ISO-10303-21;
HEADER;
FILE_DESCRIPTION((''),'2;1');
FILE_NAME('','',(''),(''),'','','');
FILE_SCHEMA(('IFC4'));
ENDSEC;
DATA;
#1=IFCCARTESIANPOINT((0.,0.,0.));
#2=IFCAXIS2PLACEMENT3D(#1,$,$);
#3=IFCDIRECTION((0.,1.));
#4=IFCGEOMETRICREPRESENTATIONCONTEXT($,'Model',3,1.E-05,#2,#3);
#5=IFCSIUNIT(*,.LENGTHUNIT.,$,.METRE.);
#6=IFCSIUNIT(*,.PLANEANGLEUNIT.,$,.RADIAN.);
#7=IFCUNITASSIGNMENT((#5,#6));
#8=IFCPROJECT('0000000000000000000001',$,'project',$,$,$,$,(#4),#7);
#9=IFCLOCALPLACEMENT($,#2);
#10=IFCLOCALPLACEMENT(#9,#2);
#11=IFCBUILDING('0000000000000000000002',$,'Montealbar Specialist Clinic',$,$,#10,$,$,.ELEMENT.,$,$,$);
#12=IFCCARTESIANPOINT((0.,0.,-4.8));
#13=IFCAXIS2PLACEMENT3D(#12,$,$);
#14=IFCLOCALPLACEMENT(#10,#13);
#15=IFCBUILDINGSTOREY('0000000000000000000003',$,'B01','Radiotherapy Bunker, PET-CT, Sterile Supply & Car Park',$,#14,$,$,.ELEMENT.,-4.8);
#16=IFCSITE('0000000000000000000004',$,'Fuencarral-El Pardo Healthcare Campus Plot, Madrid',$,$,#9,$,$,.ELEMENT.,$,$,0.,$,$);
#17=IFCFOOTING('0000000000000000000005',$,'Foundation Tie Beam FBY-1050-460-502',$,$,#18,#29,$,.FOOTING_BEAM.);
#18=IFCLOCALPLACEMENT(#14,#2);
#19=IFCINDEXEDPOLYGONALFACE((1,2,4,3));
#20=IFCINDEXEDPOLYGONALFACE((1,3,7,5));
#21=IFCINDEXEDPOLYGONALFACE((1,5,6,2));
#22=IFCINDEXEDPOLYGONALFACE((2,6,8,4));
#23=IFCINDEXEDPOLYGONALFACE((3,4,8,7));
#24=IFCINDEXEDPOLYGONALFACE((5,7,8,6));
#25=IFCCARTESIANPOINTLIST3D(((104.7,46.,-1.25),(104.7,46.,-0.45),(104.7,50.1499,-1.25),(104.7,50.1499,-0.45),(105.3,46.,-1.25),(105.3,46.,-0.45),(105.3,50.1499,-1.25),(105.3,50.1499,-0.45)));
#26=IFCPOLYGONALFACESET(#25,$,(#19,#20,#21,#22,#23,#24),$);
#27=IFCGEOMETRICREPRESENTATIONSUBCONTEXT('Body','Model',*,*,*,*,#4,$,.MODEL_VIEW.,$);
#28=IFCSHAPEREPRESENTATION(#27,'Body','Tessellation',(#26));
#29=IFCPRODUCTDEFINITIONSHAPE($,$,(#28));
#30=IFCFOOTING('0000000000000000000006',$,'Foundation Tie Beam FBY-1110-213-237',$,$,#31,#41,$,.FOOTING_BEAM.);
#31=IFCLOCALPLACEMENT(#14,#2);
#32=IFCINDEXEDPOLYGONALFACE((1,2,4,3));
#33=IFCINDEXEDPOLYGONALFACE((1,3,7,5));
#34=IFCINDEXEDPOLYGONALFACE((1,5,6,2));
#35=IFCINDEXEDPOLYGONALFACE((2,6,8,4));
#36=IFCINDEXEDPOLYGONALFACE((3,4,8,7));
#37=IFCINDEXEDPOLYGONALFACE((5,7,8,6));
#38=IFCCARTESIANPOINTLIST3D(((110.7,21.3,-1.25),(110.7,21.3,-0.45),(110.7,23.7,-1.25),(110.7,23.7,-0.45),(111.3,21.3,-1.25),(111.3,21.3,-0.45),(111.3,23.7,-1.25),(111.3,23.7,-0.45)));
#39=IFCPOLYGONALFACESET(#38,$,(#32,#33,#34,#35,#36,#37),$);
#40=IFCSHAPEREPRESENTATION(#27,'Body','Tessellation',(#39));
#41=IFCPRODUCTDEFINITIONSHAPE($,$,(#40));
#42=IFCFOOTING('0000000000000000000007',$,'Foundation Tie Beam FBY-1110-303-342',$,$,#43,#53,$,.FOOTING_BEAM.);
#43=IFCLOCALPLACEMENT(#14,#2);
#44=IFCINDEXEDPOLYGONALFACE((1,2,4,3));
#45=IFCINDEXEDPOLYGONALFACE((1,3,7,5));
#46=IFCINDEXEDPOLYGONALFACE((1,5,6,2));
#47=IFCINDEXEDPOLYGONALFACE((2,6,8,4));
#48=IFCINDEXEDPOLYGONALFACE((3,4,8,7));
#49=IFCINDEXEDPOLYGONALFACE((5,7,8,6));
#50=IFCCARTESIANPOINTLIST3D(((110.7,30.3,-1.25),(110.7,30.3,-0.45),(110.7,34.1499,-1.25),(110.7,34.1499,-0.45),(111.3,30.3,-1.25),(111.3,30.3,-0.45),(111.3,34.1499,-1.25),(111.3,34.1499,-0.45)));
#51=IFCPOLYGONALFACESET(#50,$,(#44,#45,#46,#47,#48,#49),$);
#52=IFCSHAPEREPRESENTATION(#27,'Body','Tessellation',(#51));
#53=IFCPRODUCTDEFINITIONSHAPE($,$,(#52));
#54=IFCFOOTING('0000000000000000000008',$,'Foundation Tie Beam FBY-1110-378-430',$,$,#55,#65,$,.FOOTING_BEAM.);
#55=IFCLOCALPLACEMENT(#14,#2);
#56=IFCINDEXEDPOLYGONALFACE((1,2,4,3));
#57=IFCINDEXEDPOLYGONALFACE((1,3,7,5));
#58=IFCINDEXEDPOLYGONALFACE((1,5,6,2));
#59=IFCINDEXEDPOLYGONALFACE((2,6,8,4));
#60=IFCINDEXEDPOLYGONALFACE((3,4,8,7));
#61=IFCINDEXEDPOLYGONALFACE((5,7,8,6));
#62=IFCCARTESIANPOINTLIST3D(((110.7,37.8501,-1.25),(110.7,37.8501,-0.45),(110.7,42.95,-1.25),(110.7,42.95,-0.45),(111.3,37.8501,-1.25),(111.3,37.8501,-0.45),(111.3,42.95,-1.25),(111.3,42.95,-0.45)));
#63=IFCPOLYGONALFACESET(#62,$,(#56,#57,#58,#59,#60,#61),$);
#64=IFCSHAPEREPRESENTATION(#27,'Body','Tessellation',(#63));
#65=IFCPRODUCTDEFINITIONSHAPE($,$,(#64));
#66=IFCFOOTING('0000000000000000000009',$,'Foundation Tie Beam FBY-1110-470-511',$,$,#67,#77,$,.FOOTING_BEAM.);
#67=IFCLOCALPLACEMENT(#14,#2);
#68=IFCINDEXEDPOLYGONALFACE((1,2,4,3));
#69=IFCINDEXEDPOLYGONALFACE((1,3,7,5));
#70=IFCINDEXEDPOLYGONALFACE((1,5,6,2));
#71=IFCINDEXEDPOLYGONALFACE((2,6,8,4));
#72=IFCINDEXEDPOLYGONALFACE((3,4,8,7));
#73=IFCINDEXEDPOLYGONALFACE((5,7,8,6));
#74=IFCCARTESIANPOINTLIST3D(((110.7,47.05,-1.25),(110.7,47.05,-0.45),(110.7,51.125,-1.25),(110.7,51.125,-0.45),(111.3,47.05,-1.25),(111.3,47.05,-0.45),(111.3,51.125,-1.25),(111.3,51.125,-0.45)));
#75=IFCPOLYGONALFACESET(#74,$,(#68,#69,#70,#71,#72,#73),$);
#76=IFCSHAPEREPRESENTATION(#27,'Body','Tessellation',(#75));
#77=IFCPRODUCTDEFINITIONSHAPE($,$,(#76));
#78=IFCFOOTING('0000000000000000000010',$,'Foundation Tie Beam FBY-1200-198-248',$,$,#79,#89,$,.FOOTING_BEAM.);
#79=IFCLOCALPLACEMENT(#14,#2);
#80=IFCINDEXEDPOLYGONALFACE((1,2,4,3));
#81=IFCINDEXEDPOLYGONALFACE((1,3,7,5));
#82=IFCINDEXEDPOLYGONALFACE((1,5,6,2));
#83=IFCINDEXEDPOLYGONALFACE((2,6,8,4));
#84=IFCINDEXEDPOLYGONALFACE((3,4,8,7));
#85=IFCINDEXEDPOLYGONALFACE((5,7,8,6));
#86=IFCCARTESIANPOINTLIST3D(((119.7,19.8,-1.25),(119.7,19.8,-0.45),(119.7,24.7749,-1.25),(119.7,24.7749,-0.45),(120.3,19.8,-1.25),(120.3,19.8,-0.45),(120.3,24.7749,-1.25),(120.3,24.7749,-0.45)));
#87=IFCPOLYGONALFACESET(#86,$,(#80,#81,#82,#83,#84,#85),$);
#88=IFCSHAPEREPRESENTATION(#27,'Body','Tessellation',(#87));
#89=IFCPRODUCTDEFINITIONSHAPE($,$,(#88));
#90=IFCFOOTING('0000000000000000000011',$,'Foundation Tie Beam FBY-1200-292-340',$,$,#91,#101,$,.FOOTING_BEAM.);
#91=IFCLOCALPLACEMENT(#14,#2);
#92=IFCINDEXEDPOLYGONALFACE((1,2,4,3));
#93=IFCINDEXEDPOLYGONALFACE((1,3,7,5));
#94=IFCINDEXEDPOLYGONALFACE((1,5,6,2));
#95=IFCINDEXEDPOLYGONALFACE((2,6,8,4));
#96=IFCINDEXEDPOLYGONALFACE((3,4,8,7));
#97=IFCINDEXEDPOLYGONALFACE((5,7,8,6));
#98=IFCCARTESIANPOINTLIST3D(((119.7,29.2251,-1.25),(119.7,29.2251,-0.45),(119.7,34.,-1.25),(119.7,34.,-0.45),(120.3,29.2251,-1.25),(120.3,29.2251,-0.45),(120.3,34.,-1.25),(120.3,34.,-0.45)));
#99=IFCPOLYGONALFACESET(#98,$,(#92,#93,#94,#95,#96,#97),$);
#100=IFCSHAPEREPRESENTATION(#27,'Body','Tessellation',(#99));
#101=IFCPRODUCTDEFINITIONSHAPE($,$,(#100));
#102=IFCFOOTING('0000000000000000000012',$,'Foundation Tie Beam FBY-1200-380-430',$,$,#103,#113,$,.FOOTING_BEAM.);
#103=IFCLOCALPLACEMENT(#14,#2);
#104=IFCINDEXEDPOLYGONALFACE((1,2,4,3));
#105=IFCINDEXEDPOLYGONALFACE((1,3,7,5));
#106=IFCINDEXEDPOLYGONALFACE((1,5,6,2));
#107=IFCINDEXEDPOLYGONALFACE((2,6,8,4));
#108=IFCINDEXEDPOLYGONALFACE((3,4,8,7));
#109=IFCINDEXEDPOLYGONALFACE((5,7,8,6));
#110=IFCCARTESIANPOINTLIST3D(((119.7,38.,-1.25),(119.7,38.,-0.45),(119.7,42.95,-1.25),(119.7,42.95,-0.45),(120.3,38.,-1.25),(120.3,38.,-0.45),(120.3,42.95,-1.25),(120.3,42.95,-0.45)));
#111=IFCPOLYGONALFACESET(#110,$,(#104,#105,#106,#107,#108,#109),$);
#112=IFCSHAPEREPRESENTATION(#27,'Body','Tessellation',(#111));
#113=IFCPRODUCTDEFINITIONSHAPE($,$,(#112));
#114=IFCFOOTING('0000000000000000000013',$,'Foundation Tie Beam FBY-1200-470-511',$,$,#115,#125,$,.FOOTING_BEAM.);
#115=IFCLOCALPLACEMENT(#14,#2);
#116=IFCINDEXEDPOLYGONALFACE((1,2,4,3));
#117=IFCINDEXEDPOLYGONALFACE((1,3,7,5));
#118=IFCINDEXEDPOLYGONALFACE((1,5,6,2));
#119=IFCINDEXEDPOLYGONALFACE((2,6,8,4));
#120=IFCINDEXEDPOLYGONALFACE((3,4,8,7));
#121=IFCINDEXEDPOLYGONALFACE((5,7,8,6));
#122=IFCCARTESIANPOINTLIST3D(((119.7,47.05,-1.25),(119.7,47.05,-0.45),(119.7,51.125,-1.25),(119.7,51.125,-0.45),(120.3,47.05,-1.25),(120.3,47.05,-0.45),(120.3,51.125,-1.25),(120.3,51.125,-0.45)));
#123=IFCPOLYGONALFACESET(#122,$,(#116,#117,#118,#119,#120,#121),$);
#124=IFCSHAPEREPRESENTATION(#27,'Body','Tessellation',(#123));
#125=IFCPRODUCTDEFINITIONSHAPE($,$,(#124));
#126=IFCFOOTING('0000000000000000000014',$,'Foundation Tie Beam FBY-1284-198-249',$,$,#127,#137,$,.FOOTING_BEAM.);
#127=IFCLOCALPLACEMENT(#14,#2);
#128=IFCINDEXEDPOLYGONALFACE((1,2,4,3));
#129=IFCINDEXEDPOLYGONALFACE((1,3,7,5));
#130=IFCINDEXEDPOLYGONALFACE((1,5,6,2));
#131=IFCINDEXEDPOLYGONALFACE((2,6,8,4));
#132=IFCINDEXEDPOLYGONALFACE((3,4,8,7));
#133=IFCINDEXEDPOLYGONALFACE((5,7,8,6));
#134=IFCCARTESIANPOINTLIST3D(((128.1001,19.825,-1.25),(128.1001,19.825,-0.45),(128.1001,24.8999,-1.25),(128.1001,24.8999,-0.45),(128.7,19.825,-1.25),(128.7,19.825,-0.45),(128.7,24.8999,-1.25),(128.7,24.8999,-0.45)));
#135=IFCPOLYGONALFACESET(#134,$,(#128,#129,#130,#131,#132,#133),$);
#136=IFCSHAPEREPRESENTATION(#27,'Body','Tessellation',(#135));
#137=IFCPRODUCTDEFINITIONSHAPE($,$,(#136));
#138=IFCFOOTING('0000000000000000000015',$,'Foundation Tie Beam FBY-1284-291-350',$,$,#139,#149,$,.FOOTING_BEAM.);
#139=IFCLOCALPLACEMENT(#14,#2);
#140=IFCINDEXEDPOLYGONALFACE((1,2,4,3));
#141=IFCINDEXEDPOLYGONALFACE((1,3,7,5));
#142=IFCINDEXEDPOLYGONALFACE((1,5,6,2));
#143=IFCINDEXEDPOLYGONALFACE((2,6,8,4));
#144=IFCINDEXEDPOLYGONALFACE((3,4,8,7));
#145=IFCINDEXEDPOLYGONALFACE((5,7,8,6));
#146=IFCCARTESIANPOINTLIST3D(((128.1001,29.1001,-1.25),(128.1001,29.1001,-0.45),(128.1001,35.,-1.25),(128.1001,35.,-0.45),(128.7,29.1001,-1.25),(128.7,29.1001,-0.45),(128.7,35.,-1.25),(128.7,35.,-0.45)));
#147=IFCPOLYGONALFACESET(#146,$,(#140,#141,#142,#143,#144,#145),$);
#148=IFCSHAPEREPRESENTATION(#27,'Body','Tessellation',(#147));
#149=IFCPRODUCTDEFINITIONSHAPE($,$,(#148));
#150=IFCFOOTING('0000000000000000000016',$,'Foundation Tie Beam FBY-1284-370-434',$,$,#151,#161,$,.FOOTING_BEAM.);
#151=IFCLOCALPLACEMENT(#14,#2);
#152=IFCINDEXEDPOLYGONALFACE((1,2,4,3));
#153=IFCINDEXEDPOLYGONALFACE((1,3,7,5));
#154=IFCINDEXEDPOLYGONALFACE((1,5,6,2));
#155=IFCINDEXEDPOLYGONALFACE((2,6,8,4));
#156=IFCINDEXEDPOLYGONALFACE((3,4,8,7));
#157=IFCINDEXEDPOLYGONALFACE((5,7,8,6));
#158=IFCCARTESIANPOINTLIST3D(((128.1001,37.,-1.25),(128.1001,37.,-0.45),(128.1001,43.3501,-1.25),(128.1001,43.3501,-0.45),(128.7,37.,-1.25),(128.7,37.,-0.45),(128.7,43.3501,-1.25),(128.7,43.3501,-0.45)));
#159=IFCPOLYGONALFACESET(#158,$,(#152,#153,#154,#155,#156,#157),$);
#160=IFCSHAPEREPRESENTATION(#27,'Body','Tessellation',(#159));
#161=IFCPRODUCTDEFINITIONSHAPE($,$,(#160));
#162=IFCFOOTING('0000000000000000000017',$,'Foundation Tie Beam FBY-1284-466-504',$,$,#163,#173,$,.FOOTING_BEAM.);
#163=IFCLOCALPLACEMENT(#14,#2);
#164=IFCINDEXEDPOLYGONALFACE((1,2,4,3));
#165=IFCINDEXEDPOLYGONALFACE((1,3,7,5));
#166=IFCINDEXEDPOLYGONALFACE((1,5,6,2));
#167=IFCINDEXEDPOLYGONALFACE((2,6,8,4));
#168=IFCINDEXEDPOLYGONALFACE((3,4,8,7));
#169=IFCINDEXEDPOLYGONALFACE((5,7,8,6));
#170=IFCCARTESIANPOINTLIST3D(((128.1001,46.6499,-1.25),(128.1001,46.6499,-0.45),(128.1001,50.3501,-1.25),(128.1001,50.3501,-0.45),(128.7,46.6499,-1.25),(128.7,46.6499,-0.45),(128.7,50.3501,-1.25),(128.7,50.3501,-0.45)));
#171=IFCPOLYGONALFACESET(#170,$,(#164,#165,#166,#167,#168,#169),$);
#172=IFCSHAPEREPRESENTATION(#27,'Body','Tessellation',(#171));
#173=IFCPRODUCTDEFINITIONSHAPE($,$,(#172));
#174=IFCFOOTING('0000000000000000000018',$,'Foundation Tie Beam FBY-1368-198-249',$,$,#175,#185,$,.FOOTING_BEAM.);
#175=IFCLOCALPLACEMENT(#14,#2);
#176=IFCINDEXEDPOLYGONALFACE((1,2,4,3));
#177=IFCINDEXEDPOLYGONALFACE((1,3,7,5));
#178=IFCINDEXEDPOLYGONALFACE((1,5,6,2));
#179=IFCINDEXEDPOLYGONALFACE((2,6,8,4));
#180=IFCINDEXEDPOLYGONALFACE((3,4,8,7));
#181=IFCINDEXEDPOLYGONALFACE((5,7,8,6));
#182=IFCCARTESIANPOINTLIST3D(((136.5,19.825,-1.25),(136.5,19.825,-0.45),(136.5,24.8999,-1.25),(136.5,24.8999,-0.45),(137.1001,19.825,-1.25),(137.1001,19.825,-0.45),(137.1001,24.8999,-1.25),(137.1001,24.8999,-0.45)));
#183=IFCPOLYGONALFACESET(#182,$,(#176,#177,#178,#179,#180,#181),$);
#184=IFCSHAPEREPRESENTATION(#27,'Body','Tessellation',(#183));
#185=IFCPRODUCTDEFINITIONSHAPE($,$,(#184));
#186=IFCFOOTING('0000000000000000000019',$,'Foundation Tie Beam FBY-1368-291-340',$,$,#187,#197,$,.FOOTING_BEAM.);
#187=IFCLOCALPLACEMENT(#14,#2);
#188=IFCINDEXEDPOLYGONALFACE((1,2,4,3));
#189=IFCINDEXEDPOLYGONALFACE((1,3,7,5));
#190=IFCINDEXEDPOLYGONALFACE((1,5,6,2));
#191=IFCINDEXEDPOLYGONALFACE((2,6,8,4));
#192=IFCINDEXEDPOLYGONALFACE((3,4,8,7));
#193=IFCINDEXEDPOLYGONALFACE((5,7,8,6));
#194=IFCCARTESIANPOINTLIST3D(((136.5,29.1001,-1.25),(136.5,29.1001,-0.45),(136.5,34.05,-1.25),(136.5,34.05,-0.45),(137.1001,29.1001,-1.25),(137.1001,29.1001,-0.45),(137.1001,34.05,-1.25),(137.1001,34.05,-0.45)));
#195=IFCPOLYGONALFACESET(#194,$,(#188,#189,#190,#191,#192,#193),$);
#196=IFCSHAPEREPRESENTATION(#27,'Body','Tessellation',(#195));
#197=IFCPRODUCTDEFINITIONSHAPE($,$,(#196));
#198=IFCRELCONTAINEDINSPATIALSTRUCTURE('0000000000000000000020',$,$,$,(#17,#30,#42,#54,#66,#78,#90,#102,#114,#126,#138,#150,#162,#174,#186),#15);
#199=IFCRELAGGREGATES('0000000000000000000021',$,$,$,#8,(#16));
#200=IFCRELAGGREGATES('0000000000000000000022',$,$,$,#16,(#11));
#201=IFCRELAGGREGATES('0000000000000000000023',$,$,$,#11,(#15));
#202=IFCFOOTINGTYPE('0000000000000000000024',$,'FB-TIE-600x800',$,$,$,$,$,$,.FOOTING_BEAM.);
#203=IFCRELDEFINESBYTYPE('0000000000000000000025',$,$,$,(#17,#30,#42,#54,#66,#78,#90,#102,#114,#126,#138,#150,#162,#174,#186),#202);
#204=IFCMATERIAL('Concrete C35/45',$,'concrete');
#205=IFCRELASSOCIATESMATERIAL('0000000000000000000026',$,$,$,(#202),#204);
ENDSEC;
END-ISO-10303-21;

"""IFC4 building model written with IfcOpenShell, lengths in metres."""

from ifc_helpers import new_model, si_unit, direction, frame, origin, place, context, subcontext, project, spatial, polyline, outline, extrude, material, type_object, element, save


model = new_model("IFC4")

# Units and contexts
model_context = context("Model", 3, precision=1e-05, world=origin(), true_north=direction((0.0, 1.0)))
body_context = subcontext(model_context, "Body", "Model", "MODEL_VIEW")
ifc_project = project(units=[si_unit("LENGTHUNIT", "METRE"), si_unit("PLANEANGLEUNIT", "RADIAN")], contexts=[model_context])

# Site, building, storey
site_placement = place(None, origin())
site = spatial("IfcSite", under=ifc_project, at=site_placement, Name="Fuencarral-El Pardo Healthcare Campus Plot, Madrid", CompositionType="ELEMENT", RefElevation=0.0)
building_placement = place(site_placement, origin())
building = spatial("IfcBuilding", under=site, at=building_placement, Name="Montealbar Specialist Clinic", CompositionType="ELEMENT")
storey_placement = place(building_placement, frame((0.0, 0.0, -4.8)))
storey = spatial("IfcBuildingStorey", under=building, at=storey_placement, Name="B01", Description="Radiotherapy Bunker, PET-CT, Sterile Supply & Car Park", CompositionType="ELEMENT", Elevation=-4.8)

# Footings
ifc_material = material(Name="Concrete C35/45", Category="concrete")
footing_type = type_object("IfcFootingType", Name="FB-TIE-600x800", PredefinedType="FOOTING_BEAM", material=ifc_material)
footing_1_placement = place(storey_placement, frame((0.0, 0.0, -1.25)))
element("IfcFooting", 1, at=footing_1_placement, inside=storey, type_object=footing_type, Name="Foundation Tie Beam FBY-1050-460-502", PredefinedType="FOOTING_BEAM", context=body_context, shape_type="SweptSolid", body=[
    extrude(outline(polyline([(104.7, 46.0), (105.3, 46.0), (105.3, 50.1499), (104.7, 50.1499), (104.7, 46.0)])), origin(), (0.0, 0.0, 1.0), 0.8),
])
footing_2_placement = place(storey_placement, frame((0.0, 0.0, -1.25)))
element("IfcFooting", 2, at=footing_2_placement, inside=storey, type_object=footing_type, Name="Foundation Tie Beam FBY-1110-213-237", PredefinedType="FOOTING_BEAM", context=body_context, shape_type="SweptSolid", body=[
    extrude(outline(polyline([(110.7, 21.3), (111.3, 21.3), (111.3, 23.7), (110.7, 23.7), (110.7, 21.3)])), origin(), (0.0, 0.0, 1.0), 0.8),
])
footing_3_placement = place(storey_placement, frame((0.0, 0.0, -1.25)))
element("IfcFooting", 3, at=footing_3_placement, inside=storey, type_object=footing_type, Name="Foundation Tie Beam FBY-1110-303-342", PredefinedType="FOOTING_BEAM", context=body_context, shape_type="SweptSolid", body=[
    extrude(outline(polyline([(110.7, 30.3), (111.3, 30.3), (111.3, 34.1499), (110.7, 34.1499), (110.7, 30.3)])), origin(), (0.0, 0.0, 1.0), 0.8),
])
footing_4_placement = place(storey_placement, frame((0.0, 0.0, -1.25)))
element("IfcFooting", 4, at=footing_4_placement, inside=storey, type_object=footing_type, Name="Foundation Tie Beam FBY-1110-378-430", PredefinedType="FOOTING_BEAM", context=body_context, shape_type="SweptSolid", body=[
    extrude(outline(polyline([(110.7, 37.8501), (111.3, 37.8501), (111.3, 42.95), (110.7, 42.95), (110.7, 37.8501)])), origin(), (0.0, 0.0, 1.0), 0.8),
])
footing_5_placement = place(storey_placement, frame((0.0, 0.0, -1.25)))
element("IfcFooting", 5, at=footing_5_placement, inside=storey, type_object=footing_type, Name="Foundation Tie Beam FBY-1110-470-511", PredefinedType="FOOTING_BEAM", context=body_context, shape_type="SweptSolid", body=[
    extrude(outline(polyline([(110.7, 47.05), (111.3, 47.05), (111.3, 51.125), (110.7, 51.125), (110.7, 47.05)])), origin(), (0.0, 0.0, 1.0), 0.8),
])
footing_6_placement = place(storey_placement, frame((0.0, 0.0, -1.25)))
element("IfcFooting", 6, at=footing_6_placement, inside=storey, type_object=footing_type, Name="Foundation Tie Beam FBY-1200-198-248", PredefinedType="FOOTING_BEAM", context=body_context, shape_type="SweptSolid", body=[
    extrude(outline(polyline([(119.7, 19.8), (120.3, 19.8), (120.3, 24.7749), (119.7, 24.7749), (119.7, 19.8)])), origin(), (0.0, 0.0, 1.0), 0.8),
])
footing_7_placement = place(storey_placement, frame((0.0, 0.0, -1.25)))
element("IfcFooting", 7, at=footing_7_placement, inside=storey, type_object=footing_type, Name="Foundation Tie Beam FBY-1200-292-340", PredefinedType="FOOTING_BEAM", context=body_context, shape_type="SweptSolid", body=[
    extrude(outline(polyline([(119.7, 29.2251), (120.3, 29.2251), (120.3, 34.0), (119.7, 34.0), (119.7, 29.2251)])), origin(), (0.0, 0.0, 1.0), 0.8),
])
footing_8_placement = place(storey_placement, frame((0.0, 0.0, -1.25)))
element("IfcFooting", 8, at=footing_8_placement, inside=storey, type_object=footing_type, Name="Foundation Tie Beam FBY-1200-380-430", PredefinedType="FOOTING_BEAM", context=body_context, shape_type="SweptSolid", body=[
    extrude(outline(polyline([(119.7, 38.0), (120.3, 38.0), (120.3, 42.95), (119.7, 42.95), (119.7, 38.0)])), origin(), (0.0, 0.0, 1.0), 0.8),
])
footing_9_placement = place(storey_placement, frame((0.0, 0.0, -1.25)))
element("IfcFooting", 9, at=footing_9_placement, inside=storey, type_object=footing_type, Name="Foundation Tie Beam FBY-1200-470-511", PredefinedType="FOOTING_BEAM", context=body_context, shape_type="SweptSolid", body=[
    extrude(outline(polyline([(119.7, 47.05), (120.3, 47.05), (120.3, 51.125), (119.7, 51.125), (119.7, 47.05)])), origin(), (0.0, 0.0, 1.0), 0.8),
])
footing_10_placement = place(storey_placement, frame((0.0, 0.0, -1.25)))
element("IfcFooting", 10, at=footing_10_placement, inside=storey, type_object=footing_type, Name="Foundation Tie Beam FBY-1284-198-249", PredefinedType="FOOTING_BEAM", context=body_context, shape_type="SweptSolid", body=[
    extrude(outline(polyline([(128.1001, 19.825), (128.7, 19.825), (128.7, 24.8999), (128.1001, 24.8999), (128.1001, 19.825)])), origin(), (0.0, 0.0, 1.0), 0.8),
])
footing_11_placement = place(storey_placement, frame((0.0, 0.0, -1.25)))
element("IfcFooting", 11, at=footing_11_placement, inside=storey, type_object=footing_type, Name="Foundation Tie Beam FBY-1284-291-350", PredefinedType="FOOTING_BEAM", context=body_context, shape_type="SweptSolid", body=[
    extrude(outline(polyline([(128.1001, 29.1001), (128.7, 29.1001), (128.7, 35.0), (128.1001, 35.0), (128.1001, 29.1001)])), origin(), (0.0, 0.0, 1.0), 0.8),
])
footing_12_placement = place(storey_placement, frame((0.0, 0.0, -1.25)))
element("IfcFooting", 12, at=footing_12_placement, inside=storey, type_object=footing_type, Name="Foundation Tie Beam FBY-1284-370-434", PredefinedType="FOOTING_BEAM", context=body_context, shape_type="SweptSolid", body=[
    extrude(outline(polyline([(128.1001, 37.0), (128.7, 37.0), (128.7, 43.3501), (128.1001, 43.3501), (128.1001, 37.0)])), origin(), (0.0, 0.0, 1.0), 0.8),
])
footing_13_placement = place(storey_placement, frame((0.0, 0.0, -1.25)))
element("IfcFooting", 13, at=footing_13_placement, inside=storey, type_object=footing_type, Name="Foundation Tie Beam FBY-1284-466-504", PredefinedType="FOOTING_BEAM", context=body_context, shape_type="SweptSolid", body=[
    extrude(outline(polyline([(128.1001, 46.6499), (128.7, 46.6499), (128.7, 50.3501), (128.1001, 50.3501), (128.1001, 46.6499)])), origin(), (0.0, 0.0, 1.0), 0.8),
])
footing_14_placement = place(storey_placement, frame((0.0, 0.0, -1.25)))
element("IfcFooting", 14, at=footing_14_placement, inside=storey, type_object=footing_type, Name="Foundation Tie Beam FBY-1368-198-249", PredefinedType="FOOTING_BEAM", context=body_context, shape_type="SweptSolid", body=[
    extrude(outline(polyline([(136.5, 19.825), (137.1001, 19.825), (137.1001, 24.8999), (136.5, 24.8999), (136.5, 19.825)])), origin(), (0.0, 0.0, 1.0), 0.8),
])
footing_15_placement = place(storey_placement, frame((0.0, 0.0, -1.25)))
element("IfcFooting", 15, at=footing_15_placement, inside=storey, type_object=footing_type, Name="Foundation Tie Beam FBY-1368-291-340", PredefinedType="FOOTING_BEAM", context=body_context, shape_type="SweptSolid", body=[
    extrude(outline(polyline([(136.5, 29.1001), (137.1001, 29.1001), (137.1001, 34.05), (136.5, 34.05), (136.5, 29.1001)])), origin(), (0.0, 0.0, 1.0), 0.8),
])

save(model, "model.ifc")
